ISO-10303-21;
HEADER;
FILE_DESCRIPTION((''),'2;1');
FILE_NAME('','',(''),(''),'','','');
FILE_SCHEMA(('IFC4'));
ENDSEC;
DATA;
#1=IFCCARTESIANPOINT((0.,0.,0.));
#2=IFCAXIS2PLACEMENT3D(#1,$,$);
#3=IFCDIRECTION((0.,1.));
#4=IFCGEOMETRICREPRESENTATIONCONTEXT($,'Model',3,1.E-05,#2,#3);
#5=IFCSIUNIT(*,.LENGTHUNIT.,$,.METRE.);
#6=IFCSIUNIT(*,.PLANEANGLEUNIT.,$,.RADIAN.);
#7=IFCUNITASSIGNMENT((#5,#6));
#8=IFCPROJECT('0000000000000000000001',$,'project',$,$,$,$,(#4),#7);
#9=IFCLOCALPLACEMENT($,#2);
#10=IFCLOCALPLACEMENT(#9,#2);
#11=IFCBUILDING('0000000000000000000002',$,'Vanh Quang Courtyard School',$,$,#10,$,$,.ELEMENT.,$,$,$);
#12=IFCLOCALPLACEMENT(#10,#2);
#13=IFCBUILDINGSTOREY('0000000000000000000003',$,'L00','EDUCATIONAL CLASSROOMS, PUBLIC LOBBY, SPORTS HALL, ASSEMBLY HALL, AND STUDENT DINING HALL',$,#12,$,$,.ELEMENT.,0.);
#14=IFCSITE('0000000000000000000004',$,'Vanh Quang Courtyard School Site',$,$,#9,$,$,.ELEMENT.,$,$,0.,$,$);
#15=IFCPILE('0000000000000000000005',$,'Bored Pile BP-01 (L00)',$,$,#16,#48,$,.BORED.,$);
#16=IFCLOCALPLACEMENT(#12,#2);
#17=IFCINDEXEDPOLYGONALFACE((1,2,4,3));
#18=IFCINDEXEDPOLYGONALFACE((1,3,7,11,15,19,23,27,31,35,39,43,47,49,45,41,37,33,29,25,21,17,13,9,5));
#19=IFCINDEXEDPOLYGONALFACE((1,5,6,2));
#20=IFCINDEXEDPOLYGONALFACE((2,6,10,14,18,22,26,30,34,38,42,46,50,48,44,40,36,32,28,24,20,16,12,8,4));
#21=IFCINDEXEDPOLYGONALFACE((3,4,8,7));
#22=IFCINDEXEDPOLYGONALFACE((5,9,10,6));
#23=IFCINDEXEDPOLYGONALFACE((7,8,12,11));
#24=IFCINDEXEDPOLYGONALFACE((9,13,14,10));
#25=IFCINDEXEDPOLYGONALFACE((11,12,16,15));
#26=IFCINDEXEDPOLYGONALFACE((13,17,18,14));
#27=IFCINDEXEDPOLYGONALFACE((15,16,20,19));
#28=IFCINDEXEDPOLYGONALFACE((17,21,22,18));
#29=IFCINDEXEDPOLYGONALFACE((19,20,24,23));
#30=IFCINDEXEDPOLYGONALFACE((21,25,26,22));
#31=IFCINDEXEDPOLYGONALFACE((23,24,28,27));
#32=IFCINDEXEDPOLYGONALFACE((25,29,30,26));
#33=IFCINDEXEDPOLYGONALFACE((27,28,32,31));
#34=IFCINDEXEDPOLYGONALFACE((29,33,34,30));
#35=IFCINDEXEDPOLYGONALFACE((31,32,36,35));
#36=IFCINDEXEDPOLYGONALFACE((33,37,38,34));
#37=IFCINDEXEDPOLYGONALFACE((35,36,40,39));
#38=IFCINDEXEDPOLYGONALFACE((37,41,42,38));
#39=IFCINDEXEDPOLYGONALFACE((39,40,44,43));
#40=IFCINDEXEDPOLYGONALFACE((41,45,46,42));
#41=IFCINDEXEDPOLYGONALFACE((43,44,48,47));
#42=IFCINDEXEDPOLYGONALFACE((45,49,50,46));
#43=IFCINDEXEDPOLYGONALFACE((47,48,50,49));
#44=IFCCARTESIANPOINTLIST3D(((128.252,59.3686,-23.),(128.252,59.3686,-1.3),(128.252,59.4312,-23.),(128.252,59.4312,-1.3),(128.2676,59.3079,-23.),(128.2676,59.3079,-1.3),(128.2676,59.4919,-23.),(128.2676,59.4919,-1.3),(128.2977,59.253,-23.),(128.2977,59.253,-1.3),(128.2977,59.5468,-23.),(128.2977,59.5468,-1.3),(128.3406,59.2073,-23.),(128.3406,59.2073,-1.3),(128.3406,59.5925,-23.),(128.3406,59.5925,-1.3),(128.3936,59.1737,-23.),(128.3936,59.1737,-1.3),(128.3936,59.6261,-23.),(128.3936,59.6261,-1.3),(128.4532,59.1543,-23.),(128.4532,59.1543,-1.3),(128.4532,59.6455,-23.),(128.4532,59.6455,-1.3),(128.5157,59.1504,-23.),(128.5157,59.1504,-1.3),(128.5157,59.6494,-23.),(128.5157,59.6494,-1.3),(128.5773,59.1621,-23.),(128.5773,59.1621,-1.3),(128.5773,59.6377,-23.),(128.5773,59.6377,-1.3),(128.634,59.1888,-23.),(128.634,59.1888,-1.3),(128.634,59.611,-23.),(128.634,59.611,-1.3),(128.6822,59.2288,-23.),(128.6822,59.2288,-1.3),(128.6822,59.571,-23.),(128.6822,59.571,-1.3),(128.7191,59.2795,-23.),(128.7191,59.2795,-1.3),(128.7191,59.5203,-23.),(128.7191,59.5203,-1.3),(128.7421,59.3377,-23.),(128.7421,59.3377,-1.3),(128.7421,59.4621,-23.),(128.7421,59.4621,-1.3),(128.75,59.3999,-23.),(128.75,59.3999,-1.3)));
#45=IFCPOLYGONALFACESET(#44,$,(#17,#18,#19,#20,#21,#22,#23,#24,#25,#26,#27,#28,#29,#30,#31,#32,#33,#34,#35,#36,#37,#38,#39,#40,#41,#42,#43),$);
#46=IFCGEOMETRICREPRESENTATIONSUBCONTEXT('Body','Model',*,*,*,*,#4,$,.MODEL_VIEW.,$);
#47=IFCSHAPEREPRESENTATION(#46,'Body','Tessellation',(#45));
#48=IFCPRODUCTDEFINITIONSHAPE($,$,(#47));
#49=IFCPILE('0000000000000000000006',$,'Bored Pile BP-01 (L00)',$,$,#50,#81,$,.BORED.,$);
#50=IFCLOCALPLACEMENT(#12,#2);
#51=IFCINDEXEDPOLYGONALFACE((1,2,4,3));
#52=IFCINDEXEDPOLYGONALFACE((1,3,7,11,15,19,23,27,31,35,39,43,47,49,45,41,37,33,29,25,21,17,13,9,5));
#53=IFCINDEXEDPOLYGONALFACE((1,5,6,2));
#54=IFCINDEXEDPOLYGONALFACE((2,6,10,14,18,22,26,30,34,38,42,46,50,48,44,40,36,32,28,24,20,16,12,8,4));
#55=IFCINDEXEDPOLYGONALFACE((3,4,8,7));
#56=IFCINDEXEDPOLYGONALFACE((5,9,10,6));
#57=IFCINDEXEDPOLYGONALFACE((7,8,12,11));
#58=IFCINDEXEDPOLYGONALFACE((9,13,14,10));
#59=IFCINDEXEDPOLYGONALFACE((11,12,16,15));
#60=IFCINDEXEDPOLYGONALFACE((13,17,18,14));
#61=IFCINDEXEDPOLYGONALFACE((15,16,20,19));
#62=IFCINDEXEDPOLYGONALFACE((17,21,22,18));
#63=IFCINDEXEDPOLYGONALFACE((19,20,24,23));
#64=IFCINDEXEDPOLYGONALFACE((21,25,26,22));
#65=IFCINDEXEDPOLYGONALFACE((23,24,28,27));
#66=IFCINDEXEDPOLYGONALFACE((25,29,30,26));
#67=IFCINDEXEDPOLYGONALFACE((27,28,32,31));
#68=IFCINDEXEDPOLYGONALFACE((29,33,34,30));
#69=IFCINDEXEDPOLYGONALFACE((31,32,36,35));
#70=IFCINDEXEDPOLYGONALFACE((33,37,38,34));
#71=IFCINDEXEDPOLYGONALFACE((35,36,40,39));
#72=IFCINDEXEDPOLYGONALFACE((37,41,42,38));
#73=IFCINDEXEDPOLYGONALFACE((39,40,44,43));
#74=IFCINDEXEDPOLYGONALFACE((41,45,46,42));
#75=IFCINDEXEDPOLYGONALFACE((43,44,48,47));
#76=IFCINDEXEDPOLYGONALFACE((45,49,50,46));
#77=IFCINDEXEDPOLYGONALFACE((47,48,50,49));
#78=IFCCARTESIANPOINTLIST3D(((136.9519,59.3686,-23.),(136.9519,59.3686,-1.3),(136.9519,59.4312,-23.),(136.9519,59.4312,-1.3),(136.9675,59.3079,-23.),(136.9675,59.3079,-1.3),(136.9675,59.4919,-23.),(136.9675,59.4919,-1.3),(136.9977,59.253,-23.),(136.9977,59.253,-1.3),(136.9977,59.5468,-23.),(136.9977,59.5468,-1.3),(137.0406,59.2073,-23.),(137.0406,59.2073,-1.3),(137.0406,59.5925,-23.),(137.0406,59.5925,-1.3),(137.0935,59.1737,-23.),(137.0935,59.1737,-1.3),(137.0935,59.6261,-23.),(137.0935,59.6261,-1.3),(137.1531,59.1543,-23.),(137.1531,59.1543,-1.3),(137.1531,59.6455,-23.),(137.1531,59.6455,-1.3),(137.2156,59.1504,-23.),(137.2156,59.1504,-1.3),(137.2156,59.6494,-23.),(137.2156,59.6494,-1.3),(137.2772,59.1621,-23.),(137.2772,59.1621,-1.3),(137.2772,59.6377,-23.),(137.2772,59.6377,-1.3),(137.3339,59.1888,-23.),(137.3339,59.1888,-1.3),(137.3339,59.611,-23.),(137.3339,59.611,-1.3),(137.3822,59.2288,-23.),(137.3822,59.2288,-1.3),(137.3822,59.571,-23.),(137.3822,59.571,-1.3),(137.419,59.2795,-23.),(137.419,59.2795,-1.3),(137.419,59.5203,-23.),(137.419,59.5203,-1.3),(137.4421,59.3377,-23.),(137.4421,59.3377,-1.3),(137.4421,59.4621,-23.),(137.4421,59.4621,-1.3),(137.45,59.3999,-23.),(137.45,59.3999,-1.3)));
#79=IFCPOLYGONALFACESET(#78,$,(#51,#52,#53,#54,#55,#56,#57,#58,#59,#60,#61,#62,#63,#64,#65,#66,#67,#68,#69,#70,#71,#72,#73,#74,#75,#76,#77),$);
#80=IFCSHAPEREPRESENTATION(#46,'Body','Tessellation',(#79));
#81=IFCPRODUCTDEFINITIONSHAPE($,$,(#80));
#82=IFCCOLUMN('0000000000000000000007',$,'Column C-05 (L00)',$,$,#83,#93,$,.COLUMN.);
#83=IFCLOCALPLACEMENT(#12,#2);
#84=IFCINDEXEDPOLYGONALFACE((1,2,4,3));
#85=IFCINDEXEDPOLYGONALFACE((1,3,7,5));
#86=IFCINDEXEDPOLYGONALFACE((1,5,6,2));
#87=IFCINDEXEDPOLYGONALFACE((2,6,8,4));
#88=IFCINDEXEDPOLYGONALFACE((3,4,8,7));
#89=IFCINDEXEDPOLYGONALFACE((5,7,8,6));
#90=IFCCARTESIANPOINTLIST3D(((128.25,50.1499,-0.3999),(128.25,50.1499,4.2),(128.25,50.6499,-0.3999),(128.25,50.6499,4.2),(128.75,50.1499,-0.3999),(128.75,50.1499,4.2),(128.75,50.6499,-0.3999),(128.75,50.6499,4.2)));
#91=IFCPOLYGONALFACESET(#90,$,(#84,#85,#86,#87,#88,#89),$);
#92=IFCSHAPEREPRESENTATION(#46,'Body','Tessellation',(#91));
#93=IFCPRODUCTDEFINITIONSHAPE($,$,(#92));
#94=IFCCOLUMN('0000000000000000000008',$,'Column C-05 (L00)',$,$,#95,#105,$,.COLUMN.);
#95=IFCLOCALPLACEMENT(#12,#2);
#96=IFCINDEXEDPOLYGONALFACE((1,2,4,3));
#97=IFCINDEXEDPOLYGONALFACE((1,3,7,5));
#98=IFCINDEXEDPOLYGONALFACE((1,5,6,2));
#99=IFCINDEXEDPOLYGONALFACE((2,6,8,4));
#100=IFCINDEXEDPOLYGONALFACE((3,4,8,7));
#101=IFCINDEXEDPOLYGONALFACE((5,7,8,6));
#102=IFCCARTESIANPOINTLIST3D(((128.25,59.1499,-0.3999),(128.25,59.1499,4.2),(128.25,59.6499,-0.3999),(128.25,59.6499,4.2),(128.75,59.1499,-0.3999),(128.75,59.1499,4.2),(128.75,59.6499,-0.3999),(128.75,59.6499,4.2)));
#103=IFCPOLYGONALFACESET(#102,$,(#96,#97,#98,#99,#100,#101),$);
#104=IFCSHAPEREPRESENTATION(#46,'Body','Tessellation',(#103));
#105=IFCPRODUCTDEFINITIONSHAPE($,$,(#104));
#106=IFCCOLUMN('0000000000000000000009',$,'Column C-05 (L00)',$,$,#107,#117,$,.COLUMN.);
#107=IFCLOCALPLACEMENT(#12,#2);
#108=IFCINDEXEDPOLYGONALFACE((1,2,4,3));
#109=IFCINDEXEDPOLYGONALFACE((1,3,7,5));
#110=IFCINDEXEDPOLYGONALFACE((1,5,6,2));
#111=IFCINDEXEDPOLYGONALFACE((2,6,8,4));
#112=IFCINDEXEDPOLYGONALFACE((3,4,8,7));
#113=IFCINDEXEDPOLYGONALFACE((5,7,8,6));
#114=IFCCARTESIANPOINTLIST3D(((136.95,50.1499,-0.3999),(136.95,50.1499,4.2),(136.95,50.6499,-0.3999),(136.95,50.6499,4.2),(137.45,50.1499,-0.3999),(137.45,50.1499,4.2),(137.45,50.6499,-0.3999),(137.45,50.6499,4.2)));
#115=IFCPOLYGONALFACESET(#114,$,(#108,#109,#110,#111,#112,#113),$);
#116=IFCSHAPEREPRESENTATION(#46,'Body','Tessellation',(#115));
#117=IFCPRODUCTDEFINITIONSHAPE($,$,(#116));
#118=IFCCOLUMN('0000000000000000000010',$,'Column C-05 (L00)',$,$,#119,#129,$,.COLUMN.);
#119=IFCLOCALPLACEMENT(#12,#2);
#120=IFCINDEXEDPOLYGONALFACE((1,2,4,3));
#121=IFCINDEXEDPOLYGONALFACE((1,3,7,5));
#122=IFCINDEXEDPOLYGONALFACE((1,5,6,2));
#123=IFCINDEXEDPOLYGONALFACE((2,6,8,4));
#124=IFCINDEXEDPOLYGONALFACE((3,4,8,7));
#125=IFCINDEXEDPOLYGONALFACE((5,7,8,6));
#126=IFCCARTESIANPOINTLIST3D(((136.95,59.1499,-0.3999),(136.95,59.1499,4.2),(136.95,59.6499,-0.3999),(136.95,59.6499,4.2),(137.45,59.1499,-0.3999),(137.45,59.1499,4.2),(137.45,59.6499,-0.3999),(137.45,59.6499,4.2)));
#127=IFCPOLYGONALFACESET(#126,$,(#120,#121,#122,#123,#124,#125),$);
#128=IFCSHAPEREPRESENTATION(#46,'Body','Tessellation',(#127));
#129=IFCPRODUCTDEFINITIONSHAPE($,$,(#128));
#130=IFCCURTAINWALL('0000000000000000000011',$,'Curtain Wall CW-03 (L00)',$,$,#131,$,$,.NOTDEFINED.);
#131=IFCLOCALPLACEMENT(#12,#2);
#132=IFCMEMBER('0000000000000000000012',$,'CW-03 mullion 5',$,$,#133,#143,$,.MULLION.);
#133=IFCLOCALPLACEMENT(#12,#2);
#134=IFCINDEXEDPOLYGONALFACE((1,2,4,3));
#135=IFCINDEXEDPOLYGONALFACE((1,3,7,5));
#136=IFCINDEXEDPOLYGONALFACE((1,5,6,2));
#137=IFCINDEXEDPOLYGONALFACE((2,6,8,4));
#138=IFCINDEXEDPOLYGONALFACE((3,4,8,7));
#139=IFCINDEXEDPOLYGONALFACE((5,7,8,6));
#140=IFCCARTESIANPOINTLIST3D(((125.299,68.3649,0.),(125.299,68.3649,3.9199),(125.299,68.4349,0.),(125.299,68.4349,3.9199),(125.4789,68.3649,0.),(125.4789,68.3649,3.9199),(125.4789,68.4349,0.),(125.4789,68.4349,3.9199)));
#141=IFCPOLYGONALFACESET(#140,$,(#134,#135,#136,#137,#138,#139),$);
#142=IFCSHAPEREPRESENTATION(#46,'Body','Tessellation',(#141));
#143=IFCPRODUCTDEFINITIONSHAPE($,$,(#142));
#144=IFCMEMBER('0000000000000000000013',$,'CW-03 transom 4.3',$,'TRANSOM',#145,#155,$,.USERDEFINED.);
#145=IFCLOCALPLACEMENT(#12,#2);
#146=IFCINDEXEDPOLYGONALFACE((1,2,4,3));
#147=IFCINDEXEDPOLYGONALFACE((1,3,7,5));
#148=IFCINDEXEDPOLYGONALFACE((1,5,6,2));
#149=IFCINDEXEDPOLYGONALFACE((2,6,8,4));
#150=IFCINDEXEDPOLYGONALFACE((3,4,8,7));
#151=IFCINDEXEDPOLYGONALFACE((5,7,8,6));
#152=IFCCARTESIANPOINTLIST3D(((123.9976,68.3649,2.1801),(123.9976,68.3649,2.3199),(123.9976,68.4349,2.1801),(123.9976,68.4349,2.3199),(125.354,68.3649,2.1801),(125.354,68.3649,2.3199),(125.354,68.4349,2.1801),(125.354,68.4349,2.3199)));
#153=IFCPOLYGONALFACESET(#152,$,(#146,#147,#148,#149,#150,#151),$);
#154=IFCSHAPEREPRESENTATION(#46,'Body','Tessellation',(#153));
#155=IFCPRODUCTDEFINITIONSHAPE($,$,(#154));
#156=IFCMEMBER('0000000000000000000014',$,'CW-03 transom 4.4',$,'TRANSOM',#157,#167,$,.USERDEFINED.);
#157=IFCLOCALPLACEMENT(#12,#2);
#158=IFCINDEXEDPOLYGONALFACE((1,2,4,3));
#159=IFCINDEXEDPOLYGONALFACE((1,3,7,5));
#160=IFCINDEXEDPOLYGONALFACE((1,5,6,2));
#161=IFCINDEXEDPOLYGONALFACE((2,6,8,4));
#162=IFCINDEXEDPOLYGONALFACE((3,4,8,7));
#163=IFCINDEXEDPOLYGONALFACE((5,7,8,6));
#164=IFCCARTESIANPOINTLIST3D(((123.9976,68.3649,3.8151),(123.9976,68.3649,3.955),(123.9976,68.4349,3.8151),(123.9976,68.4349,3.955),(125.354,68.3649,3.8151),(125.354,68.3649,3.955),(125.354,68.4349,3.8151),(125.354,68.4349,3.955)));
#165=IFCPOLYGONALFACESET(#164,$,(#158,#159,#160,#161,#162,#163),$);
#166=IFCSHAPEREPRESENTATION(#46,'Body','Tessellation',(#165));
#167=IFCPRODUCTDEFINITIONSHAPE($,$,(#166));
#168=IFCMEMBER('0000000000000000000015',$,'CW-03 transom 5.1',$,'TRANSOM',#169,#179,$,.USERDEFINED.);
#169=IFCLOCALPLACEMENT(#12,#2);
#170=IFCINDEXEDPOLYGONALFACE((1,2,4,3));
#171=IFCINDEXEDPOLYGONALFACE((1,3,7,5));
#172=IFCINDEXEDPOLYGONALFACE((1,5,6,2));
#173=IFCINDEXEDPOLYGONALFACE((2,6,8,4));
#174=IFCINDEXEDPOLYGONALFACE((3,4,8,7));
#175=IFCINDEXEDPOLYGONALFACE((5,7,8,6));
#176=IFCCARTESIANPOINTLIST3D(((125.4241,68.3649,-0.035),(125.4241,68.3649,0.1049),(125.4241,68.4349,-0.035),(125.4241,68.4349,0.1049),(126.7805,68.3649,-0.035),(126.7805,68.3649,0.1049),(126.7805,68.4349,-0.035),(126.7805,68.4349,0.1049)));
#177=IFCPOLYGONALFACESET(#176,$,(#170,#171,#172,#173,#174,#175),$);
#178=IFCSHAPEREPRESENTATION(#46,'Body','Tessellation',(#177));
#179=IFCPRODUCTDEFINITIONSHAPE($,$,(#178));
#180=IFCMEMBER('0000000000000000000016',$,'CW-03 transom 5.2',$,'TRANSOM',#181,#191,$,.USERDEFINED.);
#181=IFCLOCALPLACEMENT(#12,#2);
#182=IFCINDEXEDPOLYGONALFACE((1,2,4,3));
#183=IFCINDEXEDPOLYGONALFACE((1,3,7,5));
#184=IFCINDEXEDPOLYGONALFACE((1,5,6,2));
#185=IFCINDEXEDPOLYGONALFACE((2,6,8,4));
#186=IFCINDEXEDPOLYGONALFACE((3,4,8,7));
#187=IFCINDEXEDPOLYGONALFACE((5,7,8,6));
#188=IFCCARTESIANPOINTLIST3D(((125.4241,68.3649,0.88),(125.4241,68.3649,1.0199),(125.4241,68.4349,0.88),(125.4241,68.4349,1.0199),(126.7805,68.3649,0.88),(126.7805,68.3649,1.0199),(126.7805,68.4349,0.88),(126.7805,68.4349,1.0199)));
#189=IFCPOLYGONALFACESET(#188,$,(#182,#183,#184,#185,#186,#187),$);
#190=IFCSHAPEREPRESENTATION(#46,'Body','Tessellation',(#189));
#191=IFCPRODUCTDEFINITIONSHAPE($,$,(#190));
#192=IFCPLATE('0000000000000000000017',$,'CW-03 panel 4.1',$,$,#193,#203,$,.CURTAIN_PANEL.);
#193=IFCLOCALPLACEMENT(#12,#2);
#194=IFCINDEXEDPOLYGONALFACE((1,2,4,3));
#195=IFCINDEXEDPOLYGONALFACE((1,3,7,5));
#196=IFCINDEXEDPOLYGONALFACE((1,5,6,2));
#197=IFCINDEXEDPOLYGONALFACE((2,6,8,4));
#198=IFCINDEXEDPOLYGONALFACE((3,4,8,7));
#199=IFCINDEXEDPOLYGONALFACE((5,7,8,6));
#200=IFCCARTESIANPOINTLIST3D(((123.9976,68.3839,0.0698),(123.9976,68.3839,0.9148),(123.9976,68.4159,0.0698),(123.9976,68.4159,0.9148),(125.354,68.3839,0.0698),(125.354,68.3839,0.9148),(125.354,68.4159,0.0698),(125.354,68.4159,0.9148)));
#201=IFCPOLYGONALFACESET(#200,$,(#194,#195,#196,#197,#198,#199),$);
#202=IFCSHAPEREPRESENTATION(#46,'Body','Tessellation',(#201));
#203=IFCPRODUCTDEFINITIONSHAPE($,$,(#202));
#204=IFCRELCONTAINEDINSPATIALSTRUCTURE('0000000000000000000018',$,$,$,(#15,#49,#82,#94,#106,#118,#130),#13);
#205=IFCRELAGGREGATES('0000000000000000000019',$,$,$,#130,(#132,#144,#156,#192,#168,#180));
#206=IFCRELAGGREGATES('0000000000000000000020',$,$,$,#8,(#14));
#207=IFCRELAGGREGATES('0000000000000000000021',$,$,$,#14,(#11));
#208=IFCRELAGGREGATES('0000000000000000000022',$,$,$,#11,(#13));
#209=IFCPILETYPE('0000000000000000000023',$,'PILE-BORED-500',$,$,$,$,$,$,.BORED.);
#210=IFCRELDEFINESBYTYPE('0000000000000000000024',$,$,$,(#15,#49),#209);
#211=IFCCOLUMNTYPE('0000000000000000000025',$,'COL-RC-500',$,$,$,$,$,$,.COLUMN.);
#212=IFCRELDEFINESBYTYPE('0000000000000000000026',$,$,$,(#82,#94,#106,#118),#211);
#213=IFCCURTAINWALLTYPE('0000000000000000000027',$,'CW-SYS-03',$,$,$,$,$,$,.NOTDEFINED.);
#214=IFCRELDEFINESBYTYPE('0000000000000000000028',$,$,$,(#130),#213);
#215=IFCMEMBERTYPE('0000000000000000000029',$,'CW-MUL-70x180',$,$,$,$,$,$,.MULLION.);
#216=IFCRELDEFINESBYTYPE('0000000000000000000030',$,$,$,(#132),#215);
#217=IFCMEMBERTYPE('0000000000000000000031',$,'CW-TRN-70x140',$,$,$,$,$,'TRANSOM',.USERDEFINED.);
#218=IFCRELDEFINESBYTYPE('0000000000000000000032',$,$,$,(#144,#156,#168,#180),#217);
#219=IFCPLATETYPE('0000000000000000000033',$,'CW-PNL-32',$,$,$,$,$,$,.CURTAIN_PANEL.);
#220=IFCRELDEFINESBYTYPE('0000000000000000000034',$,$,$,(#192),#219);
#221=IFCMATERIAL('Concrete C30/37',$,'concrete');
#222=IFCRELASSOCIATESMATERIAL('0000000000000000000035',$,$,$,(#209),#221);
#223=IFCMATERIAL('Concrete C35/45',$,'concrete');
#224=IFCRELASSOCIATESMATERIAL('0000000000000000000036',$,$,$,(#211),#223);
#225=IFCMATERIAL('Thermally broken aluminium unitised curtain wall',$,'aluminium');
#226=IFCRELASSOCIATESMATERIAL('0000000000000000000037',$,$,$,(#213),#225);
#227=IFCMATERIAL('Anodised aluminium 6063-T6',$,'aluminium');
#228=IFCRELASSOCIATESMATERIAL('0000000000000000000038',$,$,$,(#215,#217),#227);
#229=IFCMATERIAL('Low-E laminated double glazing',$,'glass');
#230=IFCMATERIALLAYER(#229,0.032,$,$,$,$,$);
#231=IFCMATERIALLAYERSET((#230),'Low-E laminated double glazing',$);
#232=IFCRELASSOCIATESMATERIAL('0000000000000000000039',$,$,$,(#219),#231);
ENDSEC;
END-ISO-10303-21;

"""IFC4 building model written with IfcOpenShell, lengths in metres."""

from ifc_helpers import new_model, si_unit, direction, frame, origin, origin_2d, place, context, subcontext, project, spatial, rectangle, circle, extrude, material, layer, layer_set, material_profile, profile_set, type_object, element, aggregate, save


model = new_model("IFC4")

# Units and contexts
model_context = context("Model", 3, precision=1e-05, world=origin(), true_north=direction((0.0, 1.0)))
body_context = subcontext(model_context, "Body", "Model", "MODEL_VIEW")
ifc_project = project(units=[si_unit("LENGTHUNIT", "METRE"), si_unit("PLANEANGLEUNIT", "RADIAN")], contexts=[model_context])

# Site, building, storey
site_placement = place(None, origin())
site = spatial("IfcSite", under=ifc_project, at=site_placement, Name="Vanh Quang Courtyard School Site", CompositionType="ELEMENT", RefElevation=0.0)
building_placement = place(site_placement, origin())
building = spatial("IfcBuilding", under=site, at=building_placement, Name="Vanh Quang Courtyard School", CompositionType="ELEMENT")
storey_placement = place(building_placement, origin())
storey = spatial("IfcBuildingStorey", under=building, at=storey_placement, Name="L00", Description="EDUCATIONAL CLASSROOMS, PUBLIC LOBBY, SPORTS HALL, ASSEMBLY HALL, AND STUDENT DINING HALL", CompositionType="ELEMENT", Elevation=0.0)

# Shared definitions
ifc_material_1 = material(Name="Concrete C35/45", Category="concrete")

# Piles
ifc_material_2 = material(Name="Concrete C30/37", Category="concrete")
ifc_material_profile_1 = material_profile(ifc_material_2, circle(Radius=0.25, at=origin_2d()), Name="PILE D500")
ifc_profile_set_1 = profile_set([ifc_material_profile_1], Name="Concrete C30/37")
pile_type = type_object("IfcPileType", Name="PILE-BORED-500", PredefinedType="BORED", material=ifc_profile_set_1)
for number, where, z_axis, x_axis, name in (
    (1, (128.5, 59.3999, -1.3), (0.0, 0.0, -1.0), (1.0, 0.0, 0.0), "Bored Pile BP-01 (L00)"),
    (2, (137.2, 59.3999, -1.3), (0.0, 0.0, -1.0), (1.0, 0.0, 0.0), "Bored Pile BP-01 (L00)"),
):
    element("IfcPile", number, at=place(storey_placement, frame(where, z_axis=z_axis, x_axis=x_axis)), inside=storey, type_object=pile_type, Name=name, PredefinedType="BORED", context=body_context, shape_type="SweptSolid", body=[
        extrude(circle(Radius=0.25, at=origin_2d()), origin(), (0.0, 0.0, 1.0), 21.7),
    ])

# Columns
ifc_material_profile_2 = material_profile(ifc_material_1, rectangle(XDim=0.5, YDim=0.5, at=origin_2d()), Name="RC-COL 500x500")
ifc_profile_set_2 = profile_set([ifc_material_profile_2], Name="Concrete C35/45")
column_type = type_object("IfcColumnType", Name="COL-RC-500", PredefinedType="COLUMN", material=ifc_profile_set_2)
for number, where, z_axis, x_axis, name in (
    (3, (128.5, 50.3999, -0.3999), (0.0, 0.0, 1.0), (1.0, 0.0, 0.0), "Column C-05 (L00)"),
    (4, (128.5, 59.3999, -0.3999), (0.0, 0.0, 1.0), (1.0, 0.0, 0.0), "Column C-05 (L00)"),
    (5, (137.2, 50.3999, -0.3999), (0.0, 0.0, 1.0), (1.0, 0.0, 0.0), "Column C-05 (L00)"),
    (6, (137.2, 59.3999, -0.3999), (0.0, 0.0, 1.0), (1.0, 0.0, 0.0), "Column C-05 (L00)"),
):
    element("IfcColumn", number, at=place(storey_placement, frame(where, z_axis=z_axis, x_axis=x_axis)), inside=storey, type_object=column_type, Name=name, PredefinedType="COLUMN", context=body_context, shape_type="SweptSolid", body=[
        extrude(rectangle(XDim=0.5, YDim=0.5, at=origin_2d()), origin(), (0.0, 0.0, 1.0), 4.5999),
    ])

# Curtain wall, members, plate
ifc_material_3 = material(Name="Thermally broken aluminium unitised curtain wall", Category="aluminium")
curtain_wall_type = type_object("IfcCurtainWallType", Name="CW-SYS-03", PredefinedType="NOTDEFINED", material=ifc_material_3)
curtain_wall_placement = place(storey_placement, origin())
curtain_wall = element("IfcCurtainWall", 7, at=curtain_wall_placement, inside=storey, type_object=curtain_wall_type, Name="Curtain Wall CW-03 (L00)", PredefinedType="NOTDEFINED")
ifc_material_4 = material(Name="Anodised aluminium 6063-T6", Category="aluminium")
ifc_material_profile_3 = material_profile(ifc_material_4, rectangle(XDim=0.0701, YDim=0.1799, at=origin_2d()), Name="ALU-MUL 70x180")
ifc_profile_set_3 = profile_set([ifc_material_profile_3], Name="Anodised aluminium 6063-T6")
member_type_1 = type_object("IfcMemberType", Name="CW-MUL-70x180", PredefinedType="MULLION", material=ifc_profile_set_3)
member_1_placement = place(storey_placement, frame((125.3889, 68.3999, 0.0), z_axis=(0.0, 0.0, 1.0), x_axis=(0.0, 1.0, 0.0)))
member_1 = element("IfcMember", 8, at=member_1_placement, type_object=member_type_1, Name="CW-03 mullion 5", PredefinedType="MULLION", context=body_context, shape_type="SweptSolid", body=[
    extrude(rectangle(XDim=0.0701, YDim=0.1799, at=origin_2d()), origin(), (0.0, 0.0, 1.0), 3.9199),
])
ifc_material_profile_4 = material_profile(ifc_material_4, rectangle(XDim=0.0701, YDim=0.1399, at=origin_2d()), Name="ALU-TRN 70x140")
ifc_profile_set_4 = profile_set([ifc_material_profile_4], Name="Anodised aluminium 6063-T6")
member_type_2 = type_object("IfcMemberType", Name="CW-TRN-70x140", ElementType="TRANSOM", PredefinedType="USERDEFINED", material=ifc_profile_set_4)
member_2_placement = place(storey_placement, frame((123.9976, 68.3999, 2.25), z_axis=(1.0, 0.0, 0.0), x_axis=(0.0, 1.0, 0.0)))
member_2 = element("IfcMember", 9, at=member_2_placement, type_object=member_type_2, Name="CW-03 transom 4.3", ObjectType="TRANSOM", PredefinedType="USERDEFINED", context=body_context, shape_type="SweptSolid", body=[
    extrude(rectangle(XDim=0.0701, YDim=0.1399, at=origin_2d()), origin(), (0.0, 0.0, 1.0), 1.3564),
])
member_3_placement = place(storey_placement, frame((123.9976, 68.3999, 3.885), z_axis=(1.0, 0.0, 0.0), x_axis=(0.0, 1.0, 0.0)))
member_3 = element("IfcMember", 10, at=member_3_placement, type_object=member_type_2, Name="CW-03 transom 4.4", ObjectType="TRANSOM", PredefinedType="USERDEFINED", context=body_context, shape_type="SweptSolid", body=[
    extrude(rectangle(XDim=0.0701, YDim=0.1399, at=origin_2d()), origin(), (0.0, 0.0, 1.0), 1.3564),
])
member_4_placement = place(storey_placement, frame((125.4241, 68.3999, 0.0349), z_axis=(1.0, 0.0, 0.0), x_axis=(0.0, 1.0, 0.0)))
member_4 = element("IfcMember", 11, at=member_4_placement, type_object=member_type_2, Name="CW-03 transom 5.1", ObjectType="TRANSOM", PredefinedType="USERDEFINED", context=body_context, shape_type="SweptSolid", body=[
    extrude(rectangle(XDim=0.0701, YDim=0.1399, at=origin_2d()), origin(), (0.0, 0.0, 1.0), 1.3564),
])
member_5_placement = place(storey_placement, frame((125.4241, 68.3999, 0.95), z_axis=(1.0, 0.0, 0.0), x_axis=(0.0, 1.0, 0.0)))
member_5 = element("IfcMember", 12, at=member_5_placement, type_object=member_type_2, Name="CW-03 transom 5.2", ObjectType="TRANSOM", PredefinedType="USERDEFINED", context=body_context, shape_type="SweptSolid", body=[
    extrude(rectangle(XDim=0.0701, YDim=0.1399, at=origin_2d()), origin(), (0.0, 0.0, 1.0), 1.3564),
])
ifc_material_5 = material(Name="Low-E laminated double glazing", Category="glass")
ifc_layer_1 = layer(ifc_material_5, 0.032)
ifc_layer_set_1 = layer_set([ifc_layer_1], Name="Low-E laminated double glazing")
plate_type = type_object("IfcPlateType", Name="CW-PNL-32", PredefinedType="CURTAIN_PANEL", material=ifc_layer_set_1)
plate_1_placement = place(storey_placement, frame((124.6758, 68.3999, 0.0698), z_axis=(0.0, 0.0, 1.0), x_axis=(1.0, 0.0, 0.0)))
plate_1 = element("IfcPlate", 13, at=plate_1_placement, type_object=plate_type, Name="CW-03 panel 4.1", PredefinedType="CURTAIN_PANEL", context=body_context, shape_type="SweptSolid", body=[
    extrude(rectangle(XDim=1.3564, YDim=0.032, at=origin_2d()), origin(), (0.0, 0.0, 1.0), 0.845),
])
aggregate(curtain_wall, [member_1, member_2, member_3, plate_1, member_4, member_5])

save(model, "model.ifc")
